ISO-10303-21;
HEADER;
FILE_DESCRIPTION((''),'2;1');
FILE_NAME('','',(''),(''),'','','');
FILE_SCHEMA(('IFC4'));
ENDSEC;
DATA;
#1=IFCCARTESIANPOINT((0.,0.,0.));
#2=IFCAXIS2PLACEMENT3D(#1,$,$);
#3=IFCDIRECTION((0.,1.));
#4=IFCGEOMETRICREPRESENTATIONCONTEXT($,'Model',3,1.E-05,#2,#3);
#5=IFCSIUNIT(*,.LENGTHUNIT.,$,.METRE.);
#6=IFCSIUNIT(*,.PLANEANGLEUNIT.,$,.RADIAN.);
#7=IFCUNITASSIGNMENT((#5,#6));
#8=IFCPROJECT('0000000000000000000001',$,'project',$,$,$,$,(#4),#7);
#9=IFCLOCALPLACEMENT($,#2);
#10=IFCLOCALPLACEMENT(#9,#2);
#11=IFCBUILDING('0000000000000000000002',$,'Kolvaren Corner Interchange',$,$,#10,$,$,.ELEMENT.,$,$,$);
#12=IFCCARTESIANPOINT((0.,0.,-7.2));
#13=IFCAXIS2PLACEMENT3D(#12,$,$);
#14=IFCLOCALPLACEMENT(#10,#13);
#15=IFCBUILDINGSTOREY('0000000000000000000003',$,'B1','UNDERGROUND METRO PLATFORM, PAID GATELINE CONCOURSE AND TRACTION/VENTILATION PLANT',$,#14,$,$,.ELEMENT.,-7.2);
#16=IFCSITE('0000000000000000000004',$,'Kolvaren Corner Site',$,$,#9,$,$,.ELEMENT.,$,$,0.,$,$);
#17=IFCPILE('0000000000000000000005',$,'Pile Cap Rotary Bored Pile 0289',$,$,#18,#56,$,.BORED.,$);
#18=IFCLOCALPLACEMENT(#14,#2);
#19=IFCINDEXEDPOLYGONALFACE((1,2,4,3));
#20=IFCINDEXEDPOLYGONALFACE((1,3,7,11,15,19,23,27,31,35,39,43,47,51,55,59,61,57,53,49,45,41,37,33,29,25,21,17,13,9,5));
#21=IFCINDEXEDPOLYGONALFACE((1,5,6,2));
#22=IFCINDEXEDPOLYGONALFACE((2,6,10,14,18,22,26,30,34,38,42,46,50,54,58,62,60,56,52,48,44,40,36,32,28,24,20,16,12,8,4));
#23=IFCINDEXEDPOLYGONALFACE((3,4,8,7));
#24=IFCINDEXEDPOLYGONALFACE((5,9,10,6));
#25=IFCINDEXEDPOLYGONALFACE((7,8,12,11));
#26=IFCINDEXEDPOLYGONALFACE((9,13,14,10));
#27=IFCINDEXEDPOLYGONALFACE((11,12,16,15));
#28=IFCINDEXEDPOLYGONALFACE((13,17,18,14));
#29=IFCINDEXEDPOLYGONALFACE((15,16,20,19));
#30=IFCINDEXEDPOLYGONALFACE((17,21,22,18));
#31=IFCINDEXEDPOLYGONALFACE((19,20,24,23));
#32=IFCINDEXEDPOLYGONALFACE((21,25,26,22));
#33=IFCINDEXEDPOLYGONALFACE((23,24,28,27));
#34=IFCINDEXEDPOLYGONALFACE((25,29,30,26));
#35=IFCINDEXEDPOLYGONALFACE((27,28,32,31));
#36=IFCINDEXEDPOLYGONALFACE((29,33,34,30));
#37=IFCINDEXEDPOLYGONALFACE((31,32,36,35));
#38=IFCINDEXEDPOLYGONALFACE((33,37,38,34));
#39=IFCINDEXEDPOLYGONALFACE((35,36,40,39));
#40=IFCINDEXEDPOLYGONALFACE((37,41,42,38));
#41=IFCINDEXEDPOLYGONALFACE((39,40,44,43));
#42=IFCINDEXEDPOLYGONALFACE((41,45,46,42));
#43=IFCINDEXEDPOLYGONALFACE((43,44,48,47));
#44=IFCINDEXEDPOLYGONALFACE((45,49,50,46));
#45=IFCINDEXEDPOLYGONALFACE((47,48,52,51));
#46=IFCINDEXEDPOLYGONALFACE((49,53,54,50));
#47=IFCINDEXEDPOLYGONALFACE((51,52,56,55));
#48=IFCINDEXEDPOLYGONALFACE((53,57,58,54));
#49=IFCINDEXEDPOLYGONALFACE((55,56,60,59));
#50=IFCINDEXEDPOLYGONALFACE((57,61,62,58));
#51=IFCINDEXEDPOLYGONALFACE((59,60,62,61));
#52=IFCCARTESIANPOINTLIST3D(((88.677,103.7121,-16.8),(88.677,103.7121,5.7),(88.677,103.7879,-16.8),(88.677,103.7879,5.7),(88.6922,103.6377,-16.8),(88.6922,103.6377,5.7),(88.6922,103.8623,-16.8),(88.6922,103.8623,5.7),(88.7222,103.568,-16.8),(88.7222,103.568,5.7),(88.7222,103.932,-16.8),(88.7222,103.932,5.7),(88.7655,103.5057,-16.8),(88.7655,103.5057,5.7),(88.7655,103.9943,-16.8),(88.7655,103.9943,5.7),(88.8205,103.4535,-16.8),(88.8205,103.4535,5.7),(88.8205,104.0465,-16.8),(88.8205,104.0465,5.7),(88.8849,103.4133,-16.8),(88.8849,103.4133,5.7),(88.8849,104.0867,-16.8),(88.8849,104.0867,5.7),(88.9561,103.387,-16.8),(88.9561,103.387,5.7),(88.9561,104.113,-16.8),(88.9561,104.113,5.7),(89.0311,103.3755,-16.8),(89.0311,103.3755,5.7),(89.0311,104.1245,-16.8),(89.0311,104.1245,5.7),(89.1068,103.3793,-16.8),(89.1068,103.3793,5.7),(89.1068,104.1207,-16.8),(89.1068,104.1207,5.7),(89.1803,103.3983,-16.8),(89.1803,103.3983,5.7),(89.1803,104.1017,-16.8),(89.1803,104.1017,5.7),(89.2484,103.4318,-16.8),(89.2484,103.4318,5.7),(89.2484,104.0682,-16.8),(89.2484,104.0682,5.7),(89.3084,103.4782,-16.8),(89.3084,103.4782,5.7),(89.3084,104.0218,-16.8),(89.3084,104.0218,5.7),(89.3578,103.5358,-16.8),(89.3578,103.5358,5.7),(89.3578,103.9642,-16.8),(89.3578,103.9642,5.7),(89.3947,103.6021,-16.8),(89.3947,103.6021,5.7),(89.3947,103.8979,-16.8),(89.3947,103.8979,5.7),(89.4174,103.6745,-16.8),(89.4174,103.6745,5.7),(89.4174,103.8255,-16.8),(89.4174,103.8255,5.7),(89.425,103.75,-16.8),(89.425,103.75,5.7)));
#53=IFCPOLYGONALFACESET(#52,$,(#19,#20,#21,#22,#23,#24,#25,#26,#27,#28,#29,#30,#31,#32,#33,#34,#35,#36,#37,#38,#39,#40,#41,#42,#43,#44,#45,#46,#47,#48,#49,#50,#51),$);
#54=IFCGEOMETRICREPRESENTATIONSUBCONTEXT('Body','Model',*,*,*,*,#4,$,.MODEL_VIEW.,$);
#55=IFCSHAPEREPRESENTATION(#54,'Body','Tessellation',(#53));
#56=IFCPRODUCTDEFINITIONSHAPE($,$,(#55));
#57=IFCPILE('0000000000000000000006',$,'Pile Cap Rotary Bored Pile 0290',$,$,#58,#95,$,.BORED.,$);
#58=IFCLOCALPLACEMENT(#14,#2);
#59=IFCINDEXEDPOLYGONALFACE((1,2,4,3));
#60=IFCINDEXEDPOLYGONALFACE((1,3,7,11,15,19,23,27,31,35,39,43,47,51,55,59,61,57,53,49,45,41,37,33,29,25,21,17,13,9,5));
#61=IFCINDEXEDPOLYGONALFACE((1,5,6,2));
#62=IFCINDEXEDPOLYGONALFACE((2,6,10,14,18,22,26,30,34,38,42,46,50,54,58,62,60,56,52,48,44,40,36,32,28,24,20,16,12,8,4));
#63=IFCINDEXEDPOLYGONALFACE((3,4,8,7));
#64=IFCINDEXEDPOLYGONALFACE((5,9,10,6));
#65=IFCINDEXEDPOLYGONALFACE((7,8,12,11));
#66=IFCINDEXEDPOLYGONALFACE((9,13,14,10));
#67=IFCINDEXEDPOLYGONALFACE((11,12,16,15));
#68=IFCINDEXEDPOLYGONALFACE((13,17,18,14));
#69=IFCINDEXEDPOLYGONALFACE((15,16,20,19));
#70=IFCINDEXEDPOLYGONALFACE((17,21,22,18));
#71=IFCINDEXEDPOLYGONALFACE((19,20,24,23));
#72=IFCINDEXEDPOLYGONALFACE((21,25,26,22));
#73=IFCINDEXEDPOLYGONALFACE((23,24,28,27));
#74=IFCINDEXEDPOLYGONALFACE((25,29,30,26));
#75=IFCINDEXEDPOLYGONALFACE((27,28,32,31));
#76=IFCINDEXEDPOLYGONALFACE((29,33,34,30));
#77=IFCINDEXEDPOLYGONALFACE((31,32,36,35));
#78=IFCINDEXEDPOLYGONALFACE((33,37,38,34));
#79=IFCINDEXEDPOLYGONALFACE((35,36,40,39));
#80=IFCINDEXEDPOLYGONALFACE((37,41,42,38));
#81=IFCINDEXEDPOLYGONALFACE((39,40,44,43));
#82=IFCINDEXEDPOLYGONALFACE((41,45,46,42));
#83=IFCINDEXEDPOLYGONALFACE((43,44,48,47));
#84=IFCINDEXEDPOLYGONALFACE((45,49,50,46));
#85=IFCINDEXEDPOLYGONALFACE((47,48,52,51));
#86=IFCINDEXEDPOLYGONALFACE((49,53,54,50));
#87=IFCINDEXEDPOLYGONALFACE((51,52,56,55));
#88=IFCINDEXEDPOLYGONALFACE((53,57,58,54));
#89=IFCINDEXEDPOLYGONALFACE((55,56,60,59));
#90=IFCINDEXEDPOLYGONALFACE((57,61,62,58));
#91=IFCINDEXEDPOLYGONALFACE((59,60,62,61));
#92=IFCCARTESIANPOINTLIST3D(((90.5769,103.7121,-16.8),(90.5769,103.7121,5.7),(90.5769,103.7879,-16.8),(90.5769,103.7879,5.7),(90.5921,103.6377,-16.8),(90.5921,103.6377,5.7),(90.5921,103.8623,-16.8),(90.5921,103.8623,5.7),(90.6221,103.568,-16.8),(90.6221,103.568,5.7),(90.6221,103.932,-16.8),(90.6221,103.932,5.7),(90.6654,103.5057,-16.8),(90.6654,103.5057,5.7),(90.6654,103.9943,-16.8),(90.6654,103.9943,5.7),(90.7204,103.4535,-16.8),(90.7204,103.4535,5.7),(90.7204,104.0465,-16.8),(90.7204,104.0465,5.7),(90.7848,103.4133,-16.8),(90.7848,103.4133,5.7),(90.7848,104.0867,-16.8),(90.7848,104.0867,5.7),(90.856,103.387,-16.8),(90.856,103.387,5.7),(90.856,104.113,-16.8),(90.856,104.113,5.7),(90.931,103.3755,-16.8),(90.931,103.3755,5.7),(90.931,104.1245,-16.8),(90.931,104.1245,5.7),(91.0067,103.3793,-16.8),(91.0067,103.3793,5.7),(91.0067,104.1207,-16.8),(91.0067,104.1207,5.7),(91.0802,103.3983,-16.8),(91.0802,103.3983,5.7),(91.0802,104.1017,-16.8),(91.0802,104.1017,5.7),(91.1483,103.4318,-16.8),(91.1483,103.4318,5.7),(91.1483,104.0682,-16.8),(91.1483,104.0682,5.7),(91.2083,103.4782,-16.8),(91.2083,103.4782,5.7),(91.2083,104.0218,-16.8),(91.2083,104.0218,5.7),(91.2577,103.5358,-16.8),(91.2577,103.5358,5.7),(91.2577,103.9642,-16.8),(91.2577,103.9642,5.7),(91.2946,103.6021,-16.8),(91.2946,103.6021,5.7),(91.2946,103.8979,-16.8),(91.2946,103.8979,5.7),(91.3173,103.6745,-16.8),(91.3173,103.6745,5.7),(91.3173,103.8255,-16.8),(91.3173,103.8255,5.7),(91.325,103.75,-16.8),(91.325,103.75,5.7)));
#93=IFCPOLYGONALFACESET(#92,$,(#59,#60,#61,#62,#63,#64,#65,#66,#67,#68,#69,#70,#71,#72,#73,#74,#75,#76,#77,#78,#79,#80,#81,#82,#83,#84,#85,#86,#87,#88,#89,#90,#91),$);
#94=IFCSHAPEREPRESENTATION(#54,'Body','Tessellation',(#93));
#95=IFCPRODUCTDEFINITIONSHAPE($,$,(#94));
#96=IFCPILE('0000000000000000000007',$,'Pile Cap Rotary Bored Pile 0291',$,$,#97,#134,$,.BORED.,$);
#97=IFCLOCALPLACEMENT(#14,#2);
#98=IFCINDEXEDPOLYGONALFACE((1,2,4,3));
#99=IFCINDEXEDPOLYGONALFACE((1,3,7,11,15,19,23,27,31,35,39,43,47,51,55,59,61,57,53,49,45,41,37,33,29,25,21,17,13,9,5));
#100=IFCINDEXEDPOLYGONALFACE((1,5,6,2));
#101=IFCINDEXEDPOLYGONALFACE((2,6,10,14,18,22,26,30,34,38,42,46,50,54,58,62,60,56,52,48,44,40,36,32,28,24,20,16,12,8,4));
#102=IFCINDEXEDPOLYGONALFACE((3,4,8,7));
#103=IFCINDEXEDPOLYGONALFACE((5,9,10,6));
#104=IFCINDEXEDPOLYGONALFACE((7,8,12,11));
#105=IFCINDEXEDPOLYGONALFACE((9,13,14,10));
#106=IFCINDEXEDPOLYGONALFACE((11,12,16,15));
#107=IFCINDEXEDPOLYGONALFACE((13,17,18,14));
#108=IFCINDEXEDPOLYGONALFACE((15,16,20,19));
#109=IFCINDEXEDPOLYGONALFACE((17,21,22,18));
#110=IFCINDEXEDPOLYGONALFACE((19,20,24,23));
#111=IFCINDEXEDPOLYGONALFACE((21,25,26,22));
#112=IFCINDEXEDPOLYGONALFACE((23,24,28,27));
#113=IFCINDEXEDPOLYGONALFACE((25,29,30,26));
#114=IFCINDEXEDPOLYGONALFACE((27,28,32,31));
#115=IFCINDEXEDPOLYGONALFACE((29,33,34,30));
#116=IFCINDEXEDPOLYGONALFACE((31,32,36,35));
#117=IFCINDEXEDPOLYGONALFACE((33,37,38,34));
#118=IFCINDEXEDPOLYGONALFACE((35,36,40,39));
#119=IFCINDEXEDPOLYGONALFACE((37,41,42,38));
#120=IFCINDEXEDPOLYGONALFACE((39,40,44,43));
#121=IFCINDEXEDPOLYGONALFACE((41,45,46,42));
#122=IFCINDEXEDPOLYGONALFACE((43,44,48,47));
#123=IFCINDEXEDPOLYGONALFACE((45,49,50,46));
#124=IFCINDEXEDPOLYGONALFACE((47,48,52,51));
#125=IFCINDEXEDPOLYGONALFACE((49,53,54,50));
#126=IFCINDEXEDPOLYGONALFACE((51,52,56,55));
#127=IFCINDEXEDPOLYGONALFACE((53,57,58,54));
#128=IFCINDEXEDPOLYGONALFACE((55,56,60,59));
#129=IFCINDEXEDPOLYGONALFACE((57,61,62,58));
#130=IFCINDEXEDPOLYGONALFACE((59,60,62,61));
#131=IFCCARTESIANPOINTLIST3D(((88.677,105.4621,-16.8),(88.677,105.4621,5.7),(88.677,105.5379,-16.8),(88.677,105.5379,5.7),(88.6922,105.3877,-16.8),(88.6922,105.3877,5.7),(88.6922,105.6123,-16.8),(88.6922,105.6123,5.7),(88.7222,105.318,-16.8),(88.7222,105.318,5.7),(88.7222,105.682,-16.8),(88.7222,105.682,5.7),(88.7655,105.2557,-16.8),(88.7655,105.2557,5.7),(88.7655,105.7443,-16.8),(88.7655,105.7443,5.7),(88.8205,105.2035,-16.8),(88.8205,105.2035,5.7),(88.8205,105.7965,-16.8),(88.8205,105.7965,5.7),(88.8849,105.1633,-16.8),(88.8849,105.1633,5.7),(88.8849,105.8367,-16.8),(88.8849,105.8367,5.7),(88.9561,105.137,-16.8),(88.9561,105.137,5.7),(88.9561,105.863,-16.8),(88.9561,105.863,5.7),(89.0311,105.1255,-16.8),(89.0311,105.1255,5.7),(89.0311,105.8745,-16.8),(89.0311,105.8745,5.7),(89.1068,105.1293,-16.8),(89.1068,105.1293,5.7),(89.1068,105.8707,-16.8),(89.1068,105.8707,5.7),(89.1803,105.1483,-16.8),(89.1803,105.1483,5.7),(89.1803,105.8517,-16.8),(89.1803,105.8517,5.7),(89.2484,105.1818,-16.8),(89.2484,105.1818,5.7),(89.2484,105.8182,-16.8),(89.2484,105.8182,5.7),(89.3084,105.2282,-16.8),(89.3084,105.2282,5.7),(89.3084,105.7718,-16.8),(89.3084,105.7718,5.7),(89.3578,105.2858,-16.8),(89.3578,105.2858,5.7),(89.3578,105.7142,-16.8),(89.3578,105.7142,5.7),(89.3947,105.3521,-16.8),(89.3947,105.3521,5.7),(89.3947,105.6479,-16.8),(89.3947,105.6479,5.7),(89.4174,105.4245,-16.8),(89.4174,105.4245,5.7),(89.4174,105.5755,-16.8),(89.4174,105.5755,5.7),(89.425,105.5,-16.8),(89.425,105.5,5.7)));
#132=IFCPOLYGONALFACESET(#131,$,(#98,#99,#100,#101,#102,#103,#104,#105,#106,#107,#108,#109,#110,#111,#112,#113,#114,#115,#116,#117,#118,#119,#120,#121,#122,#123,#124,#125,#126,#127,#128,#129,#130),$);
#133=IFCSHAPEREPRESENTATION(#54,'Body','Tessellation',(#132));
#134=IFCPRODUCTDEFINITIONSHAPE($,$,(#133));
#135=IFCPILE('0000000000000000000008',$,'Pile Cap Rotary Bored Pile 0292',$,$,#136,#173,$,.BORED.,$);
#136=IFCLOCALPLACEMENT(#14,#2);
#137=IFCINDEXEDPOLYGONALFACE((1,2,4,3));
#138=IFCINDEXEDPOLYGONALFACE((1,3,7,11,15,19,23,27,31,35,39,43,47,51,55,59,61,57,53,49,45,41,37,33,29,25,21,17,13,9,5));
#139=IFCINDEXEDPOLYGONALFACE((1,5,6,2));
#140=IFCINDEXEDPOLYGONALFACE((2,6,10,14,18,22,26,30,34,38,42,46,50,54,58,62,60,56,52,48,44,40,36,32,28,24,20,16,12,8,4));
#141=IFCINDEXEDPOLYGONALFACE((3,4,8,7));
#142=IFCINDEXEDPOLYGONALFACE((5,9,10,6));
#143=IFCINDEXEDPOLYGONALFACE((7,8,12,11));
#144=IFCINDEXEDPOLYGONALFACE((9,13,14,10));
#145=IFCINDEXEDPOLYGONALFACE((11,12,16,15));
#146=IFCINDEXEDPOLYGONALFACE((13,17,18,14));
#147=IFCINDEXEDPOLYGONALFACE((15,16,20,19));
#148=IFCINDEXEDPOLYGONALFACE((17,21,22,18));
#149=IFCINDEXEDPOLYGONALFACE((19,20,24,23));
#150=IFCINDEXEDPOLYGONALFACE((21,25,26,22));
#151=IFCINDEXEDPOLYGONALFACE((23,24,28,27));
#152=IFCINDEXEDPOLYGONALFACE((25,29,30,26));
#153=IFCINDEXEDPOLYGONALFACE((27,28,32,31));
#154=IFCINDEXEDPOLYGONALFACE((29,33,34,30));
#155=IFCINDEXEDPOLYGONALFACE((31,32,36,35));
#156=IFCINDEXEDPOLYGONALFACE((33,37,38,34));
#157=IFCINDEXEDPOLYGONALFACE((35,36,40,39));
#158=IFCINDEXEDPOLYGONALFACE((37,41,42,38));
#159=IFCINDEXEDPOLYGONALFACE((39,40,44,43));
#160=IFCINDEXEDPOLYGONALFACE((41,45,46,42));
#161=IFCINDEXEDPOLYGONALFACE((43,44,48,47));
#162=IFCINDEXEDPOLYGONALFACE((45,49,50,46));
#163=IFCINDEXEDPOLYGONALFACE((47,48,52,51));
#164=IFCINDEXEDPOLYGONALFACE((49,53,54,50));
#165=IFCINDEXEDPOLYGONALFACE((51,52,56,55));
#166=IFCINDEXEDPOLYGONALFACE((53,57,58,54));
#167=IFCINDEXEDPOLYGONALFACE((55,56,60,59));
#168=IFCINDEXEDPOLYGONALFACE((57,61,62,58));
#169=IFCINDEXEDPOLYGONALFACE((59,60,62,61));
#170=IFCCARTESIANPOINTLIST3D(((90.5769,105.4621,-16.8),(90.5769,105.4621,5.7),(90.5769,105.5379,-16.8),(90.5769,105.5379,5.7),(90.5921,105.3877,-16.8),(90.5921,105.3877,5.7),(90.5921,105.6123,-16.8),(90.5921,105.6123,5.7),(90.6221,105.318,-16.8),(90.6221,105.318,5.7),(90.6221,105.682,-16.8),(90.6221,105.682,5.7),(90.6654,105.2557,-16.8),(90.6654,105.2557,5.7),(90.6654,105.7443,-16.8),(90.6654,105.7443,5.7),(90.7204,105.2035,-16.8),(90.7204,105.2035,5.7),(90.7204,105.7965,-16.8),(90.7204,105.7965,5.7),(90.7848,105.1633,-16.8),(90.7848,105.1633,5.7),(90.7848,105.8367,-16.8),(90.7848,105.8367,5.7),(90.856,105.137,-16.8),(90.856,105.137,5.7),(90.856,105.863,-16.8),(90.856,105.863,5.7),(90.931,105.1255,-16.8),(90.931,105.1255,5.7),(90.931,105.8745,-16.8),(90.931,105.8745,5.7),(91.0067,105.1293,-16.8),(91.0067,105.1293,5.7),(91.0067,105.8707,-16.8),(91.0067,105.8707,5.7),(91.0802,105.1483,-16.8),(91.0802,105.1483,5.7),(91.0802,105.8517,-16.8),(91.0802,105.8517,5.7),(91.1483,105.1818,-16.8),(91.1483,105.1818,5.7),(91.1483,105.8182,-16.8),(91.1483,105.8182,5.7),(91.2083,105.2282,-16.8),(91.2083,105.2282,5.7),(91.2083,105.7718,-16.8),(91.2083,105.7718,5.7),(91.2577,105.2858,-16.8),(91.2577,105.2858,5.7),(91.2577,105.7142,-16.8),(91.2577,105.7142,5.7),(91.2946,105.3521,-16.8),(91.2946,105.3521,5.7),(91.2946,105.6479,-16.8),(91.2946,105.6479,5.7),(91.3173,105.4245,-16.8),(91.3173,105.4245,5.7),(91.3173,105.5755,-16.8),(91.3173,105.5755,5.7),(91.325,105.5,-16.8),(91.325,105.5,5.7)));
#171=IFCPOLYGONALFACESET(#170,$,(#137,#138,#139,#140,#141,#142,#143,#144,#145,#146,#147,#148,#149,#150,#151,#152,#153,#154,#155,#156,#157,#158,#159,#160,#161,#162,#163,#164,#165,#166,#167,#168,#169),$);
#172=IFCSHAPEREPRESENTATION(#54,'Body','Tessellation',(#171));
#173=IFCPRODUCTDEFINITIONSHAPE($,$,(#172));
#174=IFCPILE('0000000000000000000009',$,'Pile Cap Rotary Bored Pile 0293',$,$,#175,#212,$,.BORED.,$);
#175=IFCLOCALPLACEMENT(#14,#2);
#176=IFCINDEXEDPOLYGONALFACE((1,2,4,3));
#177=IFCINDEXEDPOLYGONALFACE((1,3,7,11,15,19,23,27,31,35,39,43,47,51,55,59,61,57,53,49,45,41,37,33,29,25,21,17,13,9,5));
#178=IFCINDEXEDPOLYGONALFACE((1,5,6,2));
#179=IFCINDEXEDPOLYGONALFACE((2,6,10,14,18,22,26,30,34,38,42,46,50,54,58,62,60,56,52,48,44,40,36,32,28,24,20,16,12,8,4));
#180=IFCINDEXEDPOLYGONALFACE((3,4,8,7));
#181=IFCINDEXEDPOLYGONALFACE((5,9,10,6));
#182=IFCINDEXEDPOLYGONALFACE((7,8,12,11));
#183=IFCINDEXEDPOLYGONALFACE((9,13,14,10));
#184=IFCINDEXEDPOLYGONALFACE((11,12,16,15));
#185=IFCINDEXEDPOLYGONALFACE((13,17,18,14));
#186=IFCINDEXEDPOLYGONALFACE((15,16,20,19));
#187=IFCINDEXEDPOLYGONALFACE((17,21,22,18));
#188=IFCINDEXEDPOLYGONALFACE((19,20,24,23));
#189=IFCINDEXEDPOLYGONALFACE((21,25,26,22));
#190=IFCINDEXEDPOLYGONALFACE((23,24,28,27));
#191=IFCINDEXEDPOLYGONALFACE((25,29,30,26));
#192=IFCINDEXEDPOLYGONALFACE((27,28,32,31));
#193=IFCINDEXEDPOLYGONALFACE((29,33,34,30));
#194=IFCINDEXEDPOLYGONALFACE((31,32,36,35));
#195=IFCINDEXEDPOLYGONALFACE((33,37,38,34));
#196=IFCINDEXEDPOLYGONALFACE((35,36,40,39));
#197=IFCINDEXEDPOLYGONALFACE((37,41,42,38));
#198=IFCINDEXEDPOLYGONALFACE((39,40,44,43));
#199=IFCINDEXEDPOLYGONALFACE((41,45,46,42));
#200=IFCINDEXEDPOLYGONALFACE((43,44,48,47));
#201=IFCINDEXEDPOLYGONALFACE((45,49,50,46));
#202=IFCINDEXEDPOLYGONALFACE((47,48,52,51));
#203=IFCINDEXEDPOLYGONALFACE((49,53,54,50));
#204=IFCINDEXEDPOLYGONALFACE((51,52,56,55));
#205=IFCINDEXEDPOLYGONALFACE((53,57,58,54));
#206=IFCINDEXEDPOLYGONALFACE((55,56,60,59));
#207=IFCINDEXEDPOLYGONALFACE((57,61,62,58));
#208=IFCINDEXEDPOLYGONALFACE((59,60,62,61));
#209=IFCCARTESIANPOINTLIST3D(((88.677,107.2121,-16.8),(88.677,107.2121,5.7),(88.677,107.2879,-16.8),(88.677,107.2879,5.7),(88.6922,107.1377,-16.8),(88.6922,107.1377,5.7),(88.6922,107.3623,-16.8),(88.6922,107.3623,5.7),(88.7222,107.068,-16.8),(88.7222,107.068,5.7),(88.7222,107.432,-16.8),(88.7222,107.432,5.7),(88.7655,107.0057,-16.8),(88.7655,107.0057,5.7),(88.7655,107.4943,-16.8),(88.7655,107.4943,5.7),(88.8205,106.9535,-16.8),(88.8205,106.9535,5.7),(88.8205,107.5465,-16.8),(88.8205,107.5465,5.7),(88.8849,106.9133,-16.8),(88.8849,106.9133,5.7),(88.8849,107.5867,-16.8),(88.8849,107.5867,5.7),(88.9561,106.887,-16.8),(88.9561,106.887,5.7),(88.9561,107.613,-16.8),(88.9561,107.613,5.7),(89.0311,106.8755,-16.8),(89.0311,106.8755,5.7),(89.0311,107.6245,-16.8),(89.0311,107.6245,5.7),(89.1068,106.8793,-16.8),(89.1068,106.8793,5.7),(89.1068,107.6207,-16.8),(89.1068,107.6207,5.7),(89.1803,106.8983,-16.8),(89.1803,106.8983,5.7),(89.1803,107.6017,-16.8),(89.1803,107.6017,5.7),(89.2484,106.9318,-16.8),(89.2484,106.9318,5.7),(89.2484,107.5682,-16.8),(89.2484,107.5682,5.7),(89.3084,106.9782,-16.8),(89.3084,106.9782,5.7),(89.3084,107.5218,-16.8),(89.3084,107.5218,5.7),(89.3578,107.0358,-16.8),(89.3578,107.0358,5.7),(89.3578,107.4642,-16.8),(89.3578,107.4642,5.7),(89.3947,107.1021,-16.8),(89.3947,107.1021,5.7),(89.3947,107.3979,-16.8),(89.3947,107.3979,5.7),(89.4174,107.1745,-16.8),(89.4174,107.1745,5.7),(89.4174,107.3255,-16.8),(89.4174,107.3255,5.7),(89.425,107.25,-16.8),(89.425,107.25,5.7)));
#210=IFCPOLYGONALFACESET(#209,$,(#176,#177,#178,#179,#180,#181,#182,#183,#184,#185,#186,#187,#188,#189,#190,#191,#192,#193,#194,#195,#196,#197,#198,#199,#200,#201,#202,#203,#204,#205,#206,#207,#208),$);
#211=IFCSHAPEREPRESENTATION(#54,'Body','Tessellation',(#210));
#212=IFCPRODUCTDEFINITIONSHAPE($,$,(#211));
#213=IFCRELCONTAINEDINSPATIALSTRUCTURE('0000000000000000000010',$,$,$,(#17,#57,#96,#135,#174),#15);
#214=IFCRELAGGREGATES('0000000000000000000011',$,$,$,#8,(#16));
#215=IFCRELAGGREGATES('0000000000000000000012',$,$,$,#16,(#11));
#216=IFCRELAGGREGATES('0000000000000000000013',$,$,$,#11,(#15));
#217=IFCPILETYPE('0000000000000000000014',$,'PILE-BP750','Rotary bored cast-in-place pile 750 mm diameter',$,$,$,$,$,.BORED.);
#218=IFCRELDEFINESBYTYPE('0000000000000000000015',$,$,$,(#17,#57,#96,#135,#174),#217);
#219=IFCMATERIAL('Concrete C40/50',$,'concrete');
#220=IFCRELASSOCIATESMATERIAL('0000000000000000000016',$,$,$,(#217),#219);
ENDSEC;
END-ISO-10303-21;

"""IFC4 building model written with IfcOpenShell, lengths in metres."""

from ifc_helpers import new_model, si_unit, direction, frame, origin, origin_2d, place, context, subcontext, project, spatial, circle, extrude, material, material_profile, profile_set, type_object, element, save


model = new_model("IFC4")

# Units and contexts
model_context = context("Model", 3, precision=1e-05, world=origin(), true_north=direction((0.0, 1.0)))
body_context = subcontext(model_context, "Body", "Model", "MODEL_VIEW")
ifc_project = project(units=[si_unit("LENGTHUNIT", "METRE"), si_unit("PLANEANGLEUNIT", "RADIAN")], contexts=[model_context])

# Site, building, storey
site_placement = place(None, origin())
site = spatial("IfcSite", under=ifc_project, at=site_placement, Name="Kolvaren Corner Site", CompositionType="ELEMENT", RefElevation=0.0)
building_placement = place(site_placement, origin())
building = spatial("IfcBuilding", under=site, at=building_placement, Name="Kolvaren Corner Interchange", CompositionType="ELEMENT")
storey_placement = place(building_placement, frame((0.0, 0.0, -7.2)))
storey = spatial("IfcBuildingStorey", under=building, at=storey_placement, Name="B1", Description="UNDERGROUND METRO PLATFORM, PAID GATELINE CONCOURSE AND TRACTION/VENTILATION PLANT", CompositionType="ELEMENT", Elevation=-7.2)

# Piles
ifc_material_1 = material(Name="Concrete C40/50", Category="concrete")
ifc_material_profile = material_profile(ifc_material_1, circle(Radius=0.375, at=origin_2d()), Name="BORED PILE 750")
ifc_profile_set = profile_set([ifc_material_profile], Name="Concrete C40/50")
pile_type = type_object("IfcPileType", Name="PILE-BP750", Description="Rotary bored cast-in-place pile 750 mm diameter", PredefinedType="BORED", material=ifc_profile_set)
for number, where, z_axis, x_axis, name in (
    (1, (89.05, 103.75, 5.7), (0.0, 0.0, -1.0), (1.0, 0.0, 0.0), "Pile Cap Rotary Bored Pile 0289"),
    (2, (90.95, 103.75, 5.7), (0.0, 0.0, -1.0), (1.0, 0.0, 0.0), "Pile Cap Rotary Bored Pile 0290"),
    (3, (89.05, 105.5, 5.7), (0.0, 0.0, -1.0), (1.0, 0.0, 0.0), "Pile Cap Rotary Bored Pile 0291"),
    (4, (90.95, 105.5, 5.7), (0.0, 0.0, -1.0), (1.0, 0.0, 0.0), "Pile Cap Rotary Bored Pile 0292"),
    (5, (89.05, 107.25, 5.7), (0.0, 0.0, -1.0), (1.0, 0.0, 0.0), "Pile Cap Rotary Bored Pile 0293"),
):
    element("IfcPile", number, at=place(storey_placement, frame(where, z_axis=z_axis, x_axis=x_axis)), inside=storey, type_object=pile_type, Name=name, PredefinedType="BORED", context=body_context, shape_type="SweptSolid", body=[
        extrude(circle(Radius=0.375, at=origin_2d()), origin(), (0.0, 0.0, 1.0), 22.5),
    ])

save(model, "model.ifc")
